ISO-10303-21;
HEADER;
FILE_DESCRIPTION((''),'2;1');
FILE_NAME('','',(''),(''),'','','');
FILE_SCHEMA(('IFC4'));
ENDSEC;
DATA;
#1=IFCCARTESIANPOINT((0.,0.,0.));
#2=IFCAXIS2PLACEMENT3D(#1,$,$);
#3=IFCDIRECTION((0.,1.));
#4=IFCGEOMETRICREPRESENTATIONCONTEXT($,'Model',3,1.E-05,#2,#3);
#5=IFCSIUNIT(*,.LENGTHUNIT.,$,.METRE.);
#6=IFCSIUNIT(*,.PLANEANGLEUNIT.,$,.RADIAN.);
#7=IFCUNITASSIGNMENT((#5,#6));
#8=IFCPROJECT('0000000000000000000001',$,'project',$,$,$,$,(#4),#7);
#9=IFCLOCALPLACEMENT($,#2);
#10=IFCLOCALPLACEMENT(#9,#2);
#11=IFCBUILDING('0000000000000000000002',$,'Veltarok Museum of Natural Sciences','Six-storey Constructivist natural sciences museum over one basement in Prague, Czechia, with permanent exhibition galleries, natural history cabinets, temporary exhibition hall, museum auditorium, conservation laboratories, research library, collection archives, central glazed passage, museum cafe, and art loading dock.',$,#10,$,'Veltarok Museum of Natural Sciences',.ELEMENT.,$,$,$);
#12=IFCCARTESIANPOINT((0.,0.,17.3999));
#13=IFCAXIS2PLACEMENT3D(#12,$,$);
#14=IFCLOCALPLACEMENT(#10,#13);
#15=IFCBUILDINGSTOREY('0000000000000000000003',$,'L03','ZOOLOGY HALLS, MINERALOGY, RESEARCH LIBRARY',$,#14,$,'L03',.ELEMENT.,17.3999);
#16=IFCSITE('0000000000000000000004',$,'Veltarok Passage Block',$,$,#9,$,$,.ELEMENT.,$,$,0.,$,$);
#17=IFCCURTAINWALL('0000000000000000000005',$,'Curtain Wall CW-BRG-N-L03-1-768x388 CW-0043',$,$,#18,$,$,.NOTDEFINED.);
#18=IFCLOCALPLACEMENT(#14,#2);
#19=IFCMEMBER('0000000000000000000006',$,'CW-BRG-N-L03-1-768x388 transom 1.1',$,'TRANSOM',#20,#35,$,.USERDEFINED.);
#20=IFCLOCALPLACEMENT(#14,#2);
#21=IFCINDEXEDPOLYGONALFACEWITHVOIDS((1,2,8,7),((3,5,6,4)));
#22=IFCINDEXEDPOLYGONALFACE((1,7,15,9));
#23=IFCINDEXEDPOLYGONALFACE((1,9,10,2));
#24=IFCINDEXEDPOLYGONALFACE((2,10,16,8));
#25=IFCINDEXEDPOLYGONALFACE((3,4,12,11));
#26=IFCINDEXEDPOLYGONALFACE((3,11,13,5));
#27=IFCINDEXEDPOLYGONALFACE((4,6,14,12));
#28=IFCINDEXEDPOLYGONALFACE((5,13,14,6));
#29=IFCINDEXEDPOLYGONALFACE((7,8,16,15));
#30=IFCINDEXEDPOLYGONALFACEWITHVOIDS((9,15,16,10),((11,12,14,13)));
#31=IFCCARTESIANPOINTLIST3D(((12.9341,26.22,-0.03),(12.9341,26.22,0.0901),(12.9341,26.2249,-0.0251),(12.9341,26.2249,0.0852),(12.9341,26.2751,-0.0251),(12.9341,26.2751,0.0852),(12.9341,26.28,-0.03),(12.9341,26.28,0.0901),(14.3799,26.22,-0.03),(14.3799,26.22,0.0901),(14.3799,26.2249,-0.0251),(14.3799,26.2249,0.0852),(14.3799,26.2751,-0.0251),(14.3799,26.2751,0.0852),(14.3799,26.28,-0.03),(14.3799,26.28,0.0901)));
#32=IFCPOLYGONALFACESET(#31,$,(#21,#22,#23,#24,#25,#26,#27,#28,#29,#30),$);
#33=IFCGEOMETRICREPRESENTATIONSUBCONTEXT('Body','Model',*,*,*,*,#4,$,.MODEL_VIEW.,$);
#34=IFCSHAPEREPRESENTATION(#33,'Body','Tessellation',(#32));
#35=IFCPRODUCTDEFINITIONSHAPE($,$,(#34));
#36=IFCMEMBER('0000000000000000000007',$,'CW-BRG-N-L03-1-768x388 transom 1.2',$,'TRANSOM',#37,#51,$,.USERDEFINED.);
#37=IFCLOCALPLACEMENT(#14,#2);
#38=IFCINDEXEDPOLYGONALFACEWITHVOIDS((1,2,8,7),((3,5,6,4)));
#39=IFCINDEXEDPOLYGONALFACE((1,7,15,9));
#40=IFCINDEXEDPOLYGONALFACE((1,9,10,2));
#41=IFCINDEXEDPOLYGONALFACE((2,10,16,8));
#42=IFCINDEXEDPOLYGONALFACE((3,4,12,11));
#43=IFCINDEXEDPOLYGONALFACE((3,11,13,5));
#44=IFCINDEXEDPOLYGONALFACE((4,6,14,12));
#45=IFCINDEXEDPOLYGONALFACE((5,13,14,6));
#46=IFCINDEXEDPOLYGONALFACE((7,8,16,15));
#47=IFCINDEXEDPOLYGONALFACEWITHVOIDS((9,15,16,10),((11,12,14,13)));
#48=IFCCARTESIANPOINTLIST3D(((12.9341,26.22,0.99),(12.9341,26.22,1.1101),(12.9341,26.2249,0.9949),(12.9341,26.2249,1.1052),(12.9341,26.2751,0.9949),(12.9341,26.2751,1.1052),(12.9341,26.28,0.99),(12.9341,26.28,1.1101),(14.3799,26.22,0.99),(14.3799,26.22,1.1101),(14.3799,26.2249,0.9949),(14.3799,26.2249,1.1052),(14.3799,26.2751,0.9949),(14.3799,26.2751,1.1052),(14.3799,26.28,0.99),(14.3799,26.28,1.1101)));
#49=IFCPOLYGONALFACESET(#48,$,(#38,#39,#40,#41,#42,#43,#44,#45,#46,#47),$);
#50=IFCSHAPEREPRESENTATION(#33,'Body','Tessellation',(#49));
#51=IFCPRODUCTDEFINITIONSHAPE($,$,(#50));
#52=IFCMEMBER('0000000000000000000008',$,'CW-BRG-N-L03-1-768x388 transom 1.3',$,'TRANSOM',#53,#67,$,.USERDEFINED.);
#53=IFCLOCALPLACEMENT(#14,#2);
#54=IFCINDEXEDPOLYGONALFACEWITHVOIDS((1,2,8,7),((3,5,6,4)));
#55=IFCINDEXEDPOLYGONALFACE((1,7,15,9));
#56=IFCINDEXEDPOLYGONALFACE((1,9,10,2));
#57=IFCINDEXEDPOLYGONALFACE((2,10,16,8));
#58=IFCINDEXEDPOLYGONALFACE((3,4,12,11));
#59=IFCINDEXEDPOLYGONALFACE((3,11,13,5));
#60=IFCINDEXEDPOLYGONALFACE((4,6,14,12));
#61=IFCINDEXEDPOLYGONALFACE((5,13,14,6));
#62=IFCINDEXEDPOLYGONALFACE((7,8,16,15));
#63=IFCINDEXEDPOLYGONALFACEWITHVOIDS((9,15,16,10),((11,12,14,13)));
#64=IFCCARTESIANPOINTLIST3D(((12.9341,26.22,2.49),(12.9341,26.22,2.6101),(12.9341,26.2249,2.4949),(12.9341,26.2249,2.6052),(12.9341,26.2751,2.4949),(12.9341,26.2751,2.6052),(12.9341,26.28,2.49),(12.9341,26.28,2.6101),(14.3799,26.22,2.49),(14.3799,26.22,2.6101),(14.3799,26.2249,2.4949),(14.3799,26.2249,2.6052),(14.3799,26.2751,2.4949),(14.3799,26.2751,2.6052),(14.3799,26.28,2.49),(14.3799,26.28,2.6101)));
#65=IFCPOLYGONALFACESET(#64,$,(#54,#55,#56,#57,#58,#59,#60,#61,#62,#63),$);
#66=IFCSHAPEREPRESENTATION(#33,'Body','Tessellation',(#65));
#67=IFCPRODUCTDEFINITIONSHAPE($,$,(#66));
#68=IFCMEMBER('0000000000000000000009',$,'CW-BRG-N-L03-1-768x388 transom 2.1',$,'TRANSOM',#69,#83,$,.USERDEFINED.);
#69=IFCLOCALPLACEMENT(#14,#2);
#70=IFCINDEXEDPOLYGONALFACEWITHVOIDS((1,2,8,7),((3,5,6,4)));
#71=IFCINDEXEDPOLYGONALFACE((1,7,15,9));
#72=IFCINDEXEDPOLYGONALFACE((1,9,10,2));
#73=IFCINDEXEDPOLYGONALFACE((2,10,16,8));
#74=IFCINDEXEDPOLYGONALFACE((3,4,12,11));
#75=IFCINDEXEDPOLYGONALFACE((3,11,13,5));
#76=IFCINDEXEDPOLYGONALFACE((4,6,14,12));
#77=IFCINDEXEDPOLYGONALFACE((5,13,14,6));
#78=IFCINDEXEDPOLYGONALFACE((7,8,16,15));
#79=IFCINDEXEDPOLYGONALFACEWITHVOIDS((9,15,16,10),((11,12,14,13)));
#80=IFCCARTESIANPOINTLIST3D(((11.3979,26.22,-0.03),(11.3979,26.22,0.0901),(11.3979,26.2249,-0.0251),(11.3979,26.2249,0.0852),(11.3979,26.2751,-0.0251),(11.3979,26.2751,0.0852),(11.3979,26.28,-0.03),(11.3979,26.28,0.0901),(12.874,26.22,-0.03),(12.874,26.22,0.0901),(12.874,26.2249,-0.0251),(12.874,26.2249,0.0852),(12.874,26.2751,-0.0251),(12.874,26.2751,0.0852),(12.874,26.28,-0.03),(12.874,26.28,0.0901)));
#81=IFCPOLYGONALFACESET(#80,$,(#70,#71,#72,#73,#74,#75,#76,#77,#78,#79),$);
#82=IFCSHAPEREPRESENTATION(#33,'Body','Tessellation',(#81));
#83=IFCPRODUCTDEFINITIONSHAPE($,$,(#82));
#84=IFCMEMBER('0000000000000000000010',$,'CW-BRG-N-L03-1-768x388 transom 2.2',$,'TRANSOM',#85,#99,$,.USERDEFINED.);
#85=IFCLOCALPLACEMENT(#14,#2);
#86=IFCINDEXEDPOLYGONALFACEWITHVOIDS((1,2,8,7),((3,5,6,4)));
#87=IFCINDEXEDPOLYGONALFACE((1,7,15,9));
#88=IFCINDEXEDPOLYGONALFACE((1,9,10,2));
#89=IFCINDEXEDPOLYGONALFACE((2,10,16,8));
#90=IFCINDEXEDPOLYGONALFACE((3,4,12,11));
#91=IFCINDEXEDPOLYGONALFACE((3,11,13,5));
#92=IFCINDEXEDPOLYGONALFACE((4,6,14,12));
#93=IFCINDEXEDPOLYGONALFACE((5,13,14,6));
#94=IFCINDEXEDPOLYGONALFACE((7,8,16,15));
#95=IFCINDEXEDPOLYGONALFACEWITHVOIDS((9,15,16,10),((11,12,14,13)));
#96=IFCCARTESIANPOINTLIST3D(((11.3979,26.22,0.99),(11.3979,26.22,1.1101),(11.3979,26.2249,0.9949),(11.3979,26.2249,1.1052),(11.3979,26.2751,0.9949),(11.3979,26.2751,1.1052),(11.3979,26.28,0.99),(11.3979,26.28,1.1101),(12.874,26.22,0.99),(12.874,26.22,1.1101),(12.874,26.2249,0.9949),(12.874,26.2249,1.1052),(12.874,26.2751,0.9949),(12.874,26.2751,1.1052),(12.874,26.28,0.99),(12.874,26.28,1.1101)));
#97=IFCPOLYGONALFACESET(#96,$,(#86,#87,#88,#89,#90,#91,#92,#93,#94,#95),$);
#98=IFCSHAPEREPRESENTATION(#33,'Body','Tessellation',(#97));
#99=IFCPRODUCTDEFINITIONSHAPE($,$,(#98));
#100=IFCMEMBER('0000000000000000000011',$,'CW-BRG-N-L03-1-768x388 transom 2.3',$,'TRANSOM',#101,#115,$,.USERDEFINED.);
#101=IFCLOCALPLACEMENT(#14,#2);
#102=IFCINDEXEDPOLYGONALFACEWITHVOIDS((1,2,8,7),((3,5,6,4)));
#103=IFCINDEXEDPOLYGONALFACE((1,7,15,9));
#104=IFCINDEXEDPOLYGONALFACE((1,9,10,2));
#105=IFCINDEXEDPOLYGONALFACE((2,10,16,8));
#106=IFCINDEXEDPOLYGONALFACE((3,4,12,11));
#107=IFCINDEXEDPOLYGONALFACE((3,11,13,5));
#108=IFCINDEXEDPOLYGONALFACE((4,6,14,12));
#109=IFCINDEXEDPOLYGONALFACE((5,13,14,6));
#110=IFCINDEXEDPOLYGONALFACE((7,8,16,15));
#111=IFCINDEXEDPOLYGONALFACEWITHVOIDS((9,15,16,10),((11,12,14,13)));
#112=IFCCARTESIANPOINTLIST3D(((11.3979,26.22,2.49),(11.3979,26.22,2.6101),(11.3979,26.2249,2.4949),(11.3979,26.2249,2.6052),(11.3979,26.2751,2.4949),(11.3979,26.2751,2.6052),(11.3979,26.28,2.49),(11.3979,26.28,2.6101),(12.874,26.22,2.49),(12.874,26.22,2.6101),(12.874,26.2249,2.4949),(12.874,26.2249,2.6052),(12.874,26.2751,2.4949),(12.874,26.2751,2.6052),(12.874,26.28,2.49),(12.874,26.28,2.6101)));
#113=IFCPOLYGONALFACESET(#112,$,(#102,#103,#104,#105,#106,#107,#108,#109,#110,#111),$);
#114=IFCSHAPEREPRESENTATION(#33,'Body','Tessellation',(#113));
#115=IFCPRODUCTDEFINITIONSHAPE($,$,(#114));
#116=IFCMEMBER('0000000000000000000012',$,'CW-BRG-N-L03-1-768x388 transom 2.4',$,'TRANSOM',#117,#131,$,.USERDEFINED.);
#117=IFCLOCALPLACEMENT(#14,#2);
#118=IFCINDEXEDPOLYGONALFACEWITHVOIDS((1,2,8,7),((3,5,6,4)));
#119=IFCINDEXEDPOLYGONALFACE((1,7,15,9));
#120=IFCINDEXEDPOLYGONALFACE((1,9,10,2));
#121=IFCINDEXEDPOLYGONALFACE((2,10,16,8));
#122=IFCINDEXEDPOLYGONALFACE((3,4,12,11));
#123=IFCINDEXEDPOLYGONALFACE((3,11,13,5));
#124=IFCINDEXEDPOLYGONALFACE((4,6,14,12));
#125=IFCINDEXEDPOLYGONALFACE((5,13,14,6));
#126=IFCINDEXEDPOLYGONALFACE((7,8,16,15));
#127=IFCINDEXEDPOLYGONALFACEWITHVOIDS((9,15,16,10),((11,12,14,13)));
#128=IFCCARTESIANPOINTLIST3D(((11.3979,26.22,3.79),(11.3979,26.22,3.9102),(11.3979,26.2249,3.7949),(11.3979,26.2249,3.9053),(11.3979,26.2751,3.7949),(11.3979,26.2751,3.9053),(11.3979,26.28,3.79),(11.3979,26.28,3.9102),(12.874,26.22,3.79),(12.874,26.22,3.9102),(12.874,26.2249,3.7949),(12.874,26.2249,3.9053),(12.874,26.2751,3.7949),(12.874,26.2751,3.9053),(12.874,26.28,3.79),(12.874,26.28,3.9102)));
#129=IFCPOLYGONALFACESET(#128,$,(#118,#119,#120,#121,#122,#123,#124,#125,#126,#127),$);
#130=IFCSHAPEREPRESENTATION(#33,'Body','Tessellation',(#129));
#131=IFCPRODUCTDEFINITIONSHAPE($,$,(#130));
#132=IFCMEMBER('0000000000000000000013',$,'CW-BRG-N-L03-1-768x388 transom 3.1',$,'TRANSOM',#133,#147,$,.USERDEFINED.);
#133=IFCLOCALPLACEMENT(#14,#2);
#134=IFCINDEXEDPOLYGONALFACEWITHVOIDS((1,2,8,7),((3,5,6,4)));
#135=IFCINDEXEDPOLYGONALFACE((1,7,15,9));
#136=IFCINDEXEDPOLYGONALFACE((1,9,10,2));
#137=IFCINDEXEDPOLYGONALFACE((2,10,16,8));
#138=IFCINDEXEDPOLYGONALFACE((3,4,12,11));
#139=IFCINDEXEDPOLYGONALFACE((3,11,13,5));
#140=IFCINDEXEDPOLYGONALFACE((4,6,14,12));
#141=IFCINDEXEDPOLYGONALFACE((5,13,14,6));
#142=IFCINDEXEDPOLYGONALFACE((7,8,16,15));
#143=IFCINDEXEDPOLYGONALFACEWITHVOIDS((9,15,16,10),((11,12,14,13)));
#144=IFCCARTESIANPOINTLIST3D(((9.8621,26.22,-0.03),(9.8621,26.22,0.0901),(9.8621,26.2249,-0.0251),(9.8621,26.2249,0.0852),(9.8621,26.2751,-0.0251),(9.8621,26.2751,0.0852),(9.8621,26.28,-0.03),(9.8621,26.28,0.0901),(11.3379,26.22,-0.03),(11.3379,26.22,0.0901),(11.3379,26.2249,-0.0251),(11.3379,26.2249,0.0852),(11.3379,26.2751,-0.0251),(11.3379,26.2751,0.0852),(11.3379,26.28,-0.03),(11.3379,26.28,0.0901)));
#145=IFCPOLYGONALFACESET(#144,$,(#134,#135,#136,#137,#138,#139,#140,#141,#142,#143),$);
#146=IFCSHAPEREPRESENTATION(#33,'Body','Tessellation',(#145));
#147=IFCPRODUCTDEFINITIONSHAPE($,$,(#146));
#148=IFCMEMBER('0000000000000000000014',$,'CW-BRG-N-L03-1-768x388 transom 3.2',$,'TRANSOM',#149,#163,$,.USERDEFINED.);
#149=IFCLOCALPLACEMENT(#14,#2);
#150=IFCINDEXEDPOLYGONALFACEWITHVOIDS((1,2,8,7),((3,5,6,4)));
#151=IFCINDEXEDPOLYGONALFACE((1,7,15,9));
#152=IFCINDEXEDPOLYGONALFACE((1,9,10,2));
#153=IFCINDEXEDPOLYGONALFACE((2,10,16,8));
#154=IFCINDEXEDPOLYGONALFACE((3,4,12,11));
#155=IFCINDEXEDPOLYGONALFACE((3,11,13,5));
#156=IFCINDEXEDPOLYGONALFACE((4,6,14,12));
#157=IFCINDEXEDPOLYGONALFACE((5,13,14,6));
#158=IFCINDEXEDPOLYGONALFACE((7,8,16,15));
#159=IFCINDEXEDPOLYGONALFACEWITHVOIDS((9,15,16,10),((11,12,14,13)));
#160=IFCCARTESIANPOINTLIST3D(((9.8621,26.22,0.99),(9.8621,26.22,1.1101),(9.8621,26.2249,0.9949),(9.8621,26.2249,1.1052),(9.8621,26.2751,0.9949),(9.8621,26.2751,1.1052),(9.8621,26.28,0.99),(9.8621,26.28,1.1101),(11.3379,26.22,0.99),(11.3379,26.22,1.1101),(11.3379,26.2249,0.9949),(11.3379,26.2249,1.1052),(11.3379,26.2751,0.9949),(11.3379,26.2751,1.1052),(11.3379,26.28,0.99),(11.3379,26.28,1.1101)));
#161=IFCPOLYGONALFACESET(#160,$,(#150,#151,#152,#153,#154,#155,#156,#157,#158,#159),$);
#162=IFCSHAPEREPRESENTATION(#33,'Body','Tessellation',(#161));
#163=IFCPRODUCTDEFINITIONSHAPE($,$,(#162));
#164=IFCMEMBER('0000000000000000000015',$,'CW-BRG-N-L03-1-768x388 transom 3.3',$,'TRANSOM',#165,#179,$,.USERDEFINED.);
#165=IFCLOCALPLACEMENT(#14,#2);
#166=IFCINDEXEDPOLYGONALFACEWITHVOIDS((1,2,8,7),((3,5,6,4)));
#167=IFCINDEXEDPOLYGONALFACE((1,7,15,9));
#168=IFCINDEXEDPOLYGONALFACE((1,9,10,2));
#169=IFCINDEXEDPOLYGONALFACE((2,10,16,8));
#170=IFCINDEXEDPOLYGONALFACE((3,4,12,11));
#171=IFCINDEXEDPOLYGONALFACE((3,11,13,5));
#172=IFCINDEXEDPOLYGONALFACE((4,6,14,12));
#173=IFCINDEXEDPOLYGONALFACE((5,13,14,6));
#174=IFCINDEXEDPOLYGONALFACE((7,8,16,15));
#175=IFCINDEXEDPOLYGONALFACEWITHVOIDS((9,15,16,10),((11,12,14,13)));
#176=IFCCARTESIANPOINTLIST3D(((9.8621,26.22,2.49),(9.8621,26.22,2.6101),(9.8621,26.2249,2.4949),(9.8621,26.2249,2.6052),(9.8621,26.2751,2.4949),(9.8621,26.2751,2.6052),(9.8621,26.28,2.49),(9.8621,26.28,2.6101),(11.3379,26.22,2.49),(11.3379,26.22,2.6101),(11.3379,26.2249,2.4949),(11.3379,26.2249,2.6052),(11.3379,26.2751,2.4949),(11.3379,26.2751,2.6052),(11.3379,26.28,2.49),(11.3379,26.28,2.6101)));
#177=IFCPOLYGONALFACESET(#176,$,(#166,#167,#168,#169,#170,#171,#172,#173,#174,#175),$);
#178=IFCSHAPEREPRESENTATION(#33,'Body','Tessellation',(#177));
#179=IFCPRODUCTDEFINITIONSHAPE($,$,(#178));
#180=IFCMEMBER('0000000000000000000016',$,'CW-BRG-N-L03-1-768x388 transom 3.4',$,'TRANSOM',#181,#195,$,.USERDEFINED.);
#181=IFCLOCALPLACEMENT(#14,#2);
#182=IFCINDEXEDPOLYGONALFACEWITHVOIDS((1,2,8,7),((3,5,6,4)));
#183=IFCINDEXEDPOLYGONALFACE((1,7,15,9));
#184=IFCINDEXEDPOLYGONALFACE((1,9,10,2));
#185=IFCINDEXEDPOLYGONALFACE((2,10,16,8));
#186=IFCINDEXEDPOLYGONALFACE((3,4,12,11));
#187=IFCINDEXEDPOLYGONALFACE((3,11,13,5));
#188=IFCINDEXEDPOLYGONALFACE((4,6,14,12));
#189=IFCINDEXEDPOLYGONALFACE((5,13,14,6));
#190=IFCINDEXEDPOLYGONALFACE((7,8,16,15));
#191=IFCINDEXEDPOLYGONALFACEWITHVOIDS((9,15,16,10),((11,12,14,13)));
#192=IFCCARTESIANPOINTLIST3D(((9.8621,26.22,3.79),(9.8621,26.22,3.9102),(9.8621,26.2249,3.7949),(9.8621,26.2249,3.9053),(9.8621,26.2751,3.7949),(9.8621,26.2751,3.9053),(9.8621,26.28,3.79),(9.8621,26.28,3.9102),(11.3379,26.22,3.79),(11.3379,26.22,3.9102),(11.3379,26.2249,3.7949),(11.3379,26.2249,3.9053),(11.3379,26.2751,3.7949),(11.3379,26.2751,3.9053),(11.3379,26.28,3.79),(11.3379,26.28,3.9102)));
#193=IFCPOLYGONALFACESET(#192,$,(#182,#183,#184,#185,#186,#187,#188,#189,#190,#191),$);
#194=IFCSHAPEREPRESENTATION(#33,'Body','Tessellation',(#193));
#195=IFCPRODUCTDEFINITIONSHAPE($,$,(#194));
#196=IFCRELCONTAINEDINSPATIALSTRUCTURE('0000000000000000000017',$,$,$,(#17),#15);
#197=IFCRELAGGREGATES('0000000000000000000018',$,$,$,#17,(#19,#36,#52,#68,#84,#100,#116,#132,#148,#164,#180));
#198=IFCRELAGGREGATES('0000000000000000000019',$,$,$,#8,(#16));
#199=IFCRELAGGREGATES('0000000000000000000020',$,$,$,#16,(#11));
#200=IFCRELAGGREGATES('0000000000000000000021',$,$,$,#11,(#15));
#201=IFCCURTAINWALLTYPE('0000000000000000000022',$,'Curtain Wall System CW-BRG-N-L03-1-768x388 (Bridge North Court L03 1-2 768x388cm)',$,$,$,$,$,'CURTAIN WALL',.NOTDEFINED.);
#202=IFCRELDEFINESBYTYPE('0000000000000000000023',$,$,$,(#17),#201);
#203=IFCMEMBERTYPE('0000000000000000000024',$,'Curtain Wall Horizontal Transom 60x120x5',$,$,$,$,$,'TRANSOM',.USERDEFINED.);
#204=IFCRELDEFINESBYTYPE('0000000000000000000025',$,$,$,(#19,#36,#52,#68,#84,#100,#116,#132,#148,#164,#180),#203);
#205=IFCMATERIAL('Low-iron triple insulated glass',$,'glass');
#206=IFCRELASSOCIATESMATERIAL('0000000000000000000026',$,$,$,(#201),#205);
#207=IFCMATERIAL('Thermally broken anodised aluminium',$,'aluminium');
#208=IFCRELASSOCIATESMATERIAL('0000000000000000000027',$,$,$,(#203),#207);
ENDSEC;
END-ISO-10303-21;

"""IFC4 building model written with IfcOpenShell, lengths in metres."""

from ifc_helpers import new_model, si_unit, direction, frame, origin, origin_2d, place, context, subcontext, project, spatial, hollow_rectangle, extrude, material, material_profile, profile_set, type_object, element, aggregate, save


model = new_model("IFC4")

# Units and contexts
model_context = context("Model", 3, precision=1e-05, world=origin(), true_north=direction((0.0, 1.0)))
body_context = subcontext(model_context, "Body", "Model", "MODEL_VIEW")
ifc_project = project(units=[si_unit("LENGTHUNIT", "METRE"), si_unit("PLANEANGLEUNIT", "RADIAN")], contexts=[model_context])

# Site, building, storey
site_placement = place(None, origin())
site = spatial("IfcSite", under=ifc_project, at=site_placement, Name="Veltarok Passage Block", CompositionType="ELEMENT", RefElevation=0.0)
building_placement = place(site_placement, origin())
building = spatial("IfcBuilding", under=site, at=building_placement, Name="Veltarok Museum of Natural Sciences", Description="Six-storey Constructivist natural sciences museum over one basement in Prague, Czechia, with permanent exhibition galleries, natural history cabinets, temporary exhibition hall, museum auditorium, conservation laboratories, research library, collection archives, central glazed passage, museum cafe, and art loading dock.", LongName="Veltarok Museum of Natural Sciences", CompositionType="ELEMENT")
storey_placement = place(building_placement, frame((0.0, 0.0, 17.3999)))
storey = spatial("IfcBuildingStorey", under=building, at=storey_placement, Name="L03", Description="ZOOLOGY HALLS, MINERALOGY, RESEARCH LIBRARY", LongName="L03", CompositionType="ELEMENT", Elevation=17.3999)

# Curtain wall, members
ifc_material_1 = material(Name="Low-iron triple insulated glass", Category="glass")
curtain_wall_type = type_object("IfcCurtainWallType", Name="Curtain Wall System CW-BRG-N-L03-1-768x388 (Bridge North Court L03 1-2 768x388cm)", ElementType="CURTAIN WALL", PredefinedType="NOTDEFINED", material=ifc_material_1)
curtain_wall_placement = place(storey_placement, origin())
curtain_wall = element("IfcCurtainWall", 1, at=curtain_wall_placement, inside=storey, type_object=curtain_wall_type, Name="Curtain Wall CW-BRG-N-L03-1-768x388 CW-0043", PredefinedType="NOTDEFINED")
ifc_material_2 = material(Name="Thermally broken anodised aluminium", Category="aluminium")
ifc_material_profile_1 = material_profile(ifc_material_2, hollow_rectangle(XDim=0.0601, YDim=0.1201, WallThickness=0.0049, at=origin_2d()), Name="CW TRANSOM 60x120x5")
ifc_profile_set_1 = profile_set([ifc_material_profile_1], Name="Thermally broken anodised aluminium")
member_type_1 = type_object("IfcMemberType", Name="Curtain Wall Horizontal Transom 60x120x5", ElementType="TRANSOM", PredefinedType="USERDEFINED", material=ifc_profile_set_1)
member_1_placement = place(storey_placement, frame((14.3799, 26.25, 0.03), z_axis=(-1.0, 0.0, 0.0), x_axis=(0.0, -1.0, 0.0)))
member_1 = element("IfcMember", 2, at=member_1_placement, type_object=member_type_1, Name="CW-BRG-N-L03-1-768x388 transom 1.1", ObjectType="TRANSOM", PredefinedType="USERDEFINED", context=body_context, shape_type="SweptSolid", body=[
    extrude(hollow_rectangle(XDim=0.0601, YDim=0.1201, WallThickness=0.0049, at=origin_2d()), origin(), (0.0, 0.0, 1.0), 1.4458),
])
member_2_placement = place(storey_placement, frame((14.3799, 26.25, 1.05), z_axis=(-1.0, 0.0, 0.0), x_axis=(0.0, -1.0, 0.0)))
member_2 = element("IfcMember", 3, at=member_2_placement, type_object=member_type_1, Name="CW-BRG-N-L03-1-768x388 transom 1.2", ObjectType="TRANSOM", PredefinedType="USERDEFINED", context=body_context, shape_type="SweptSolid", body=[
    extrude(hollow_rectangle(XDim=0.0601, YDim=0.1201, WallThickness=0.0049, at=origin_2d()), origin(), (0.0, 0.0, 1.0), 1.4458),
])
member_3_placement = place(storey_placement, frame((14.3799, 26.25, 2.55), z_axis=(-1.0, 0.0, 0.0), x_axis=(0.0, -1.0, 0.0)))
member_3 = element("IfcMember", 4, at=member_3_placement, type_object=member_type_1, Name="CW-BRG-N-L03-1-768x388 transom 1.3", ObjectType="TRANSOM", PredefinedType="USERDEFINED", context=body_context, shape_type="SweptSolid", body=[
    extrude(hollow_rectangle(XDim=0.0601, YDim=0.1201, WallThickness=0.0049, at=origin_2d()), origin(), (0.0, 0.0, 1.0), 1.4458),
])
member_4_placement = place(storey_placement, frame((12.874, 26.25, 0.03), z_axis=(-1.0, 0.0, 0.0), x_axis=(0.0, -1.0, 0.0)))
member_4 = element("IfcMember", 5, at=member_4_placement, type_object=member_type_1, Name="CW-BRG-N-L03-1-768x388 transom 2.1", ObjectType="TRANSOM", PredefinedType="USERDEFINED", context=body_context, shape_type="SweptSolid", body=[
    extrude(hollow_rectangle(XDim=0.0601, YDim=0.1201, WallThickness=0.0049, at=origin_2d()), origin(), (0.0, 0.0, 1.0), 1.4761),
])
member_5_placement = place(storey_placement, frame((12.874, 26.25, 1.05), z_axis=(-1.0, 0.0, 0.0), x_axis=(0.0, -1.0, 0.0)))
member_5 = element("IfcMember", 6, at=member_5_placement, type_object=member_type_1, Name="CW-BRG-N-L03-1-768x388 transom 2.2", ObjectType="TRANSOM", PredefinedType="USERDEFINED", context=body_context, shape_type="SweptSolid", body=[
    extrude(hollow_rectangle(XDim=0.0601, YDim=0.1201, WallThickness=0.0049, at=origin_2d()), origin(), (0.0, 0.0, 1.0), 1.4761),
])
member_6_placement = place(storey_placement, frame((12.874, 26.25, 2.55), z_axis=(-1.0, 0.0, 0.0), x_axis=(0.0, -1.0, 0.0)))
member_6 = element("IfcMember", 7, at=member_6_placement, type_object=member_type_1, Name="CW-BRG-N-L03-1-768x388 transom 2.3", ObjectType="TRANSOM", PredefinedType="USERDEFINED", context=body_context, shape_type="SweptSolid", body=[
    extrude(hollow_rectangle(XDim=0.0601, YDim=0.1201, WallThickness=0.0049, at=origin_2d()), origin(), (0.0, 0.0, 1.0), 1.4761),
])
member_7_placement = place(storey_placement, frame((12.874, 26.25, 3.8501), z_axis=(-1.0, 0.0, 0.0), x_axis=(0.0, -1.0, 0.0)))
member_7 = element("IfcMember", 8, at=member_7_placement, type_object=member_type_1, Name="CW-BRG-N-L03-1-768x388 transom 2.4", ObjectType="TRANSOM", PredefinedType="USERDEFINED", context=body_context, shape_type="SweptSolid", body=[
    extrude(hollow_rectangle(XDim=0.0601, YDim=0.1201, WallThickness=0.0049, at=origin_2d()), origin(), (0.0, 0.0, 1.0), 1.4761),
])
member_8_placement = place(storey_placement, frame((11.3379, 26.25, 0.03), z_axis=(-1.0, 0.0, 0.0), x_axis=(0.0, -1.0, 0.0)))
member_8 = element("IfcMember", 9, at=member_8_placement, type_object=member_type_1, Name="CW-BRG-N-L03-1-768x388 transom 3.1", ObjectType="TRANSOM", PredefinedType="USERDEFINED", context=body_context, shape_type="SweptSolid", body=[
    extrude(hollow_rectangle(XDim=0.0601, YDim=0.1201, WallThickness=0.0049, at=origin_2d()), origin(), (0.0, 0.0, 1.0), 1.4758),
])
member_9_placement = place(storey_placement, frame((11.3379, 26.25, 1.05), z_axis=(-1.0, 0.0, 0.0), x_axis=(0.0, -1.0, 0.0)))
member_9 = element("IfcMember", 10, at=member_9_placement, type_object=member_type_1, Name="CW-BRG-N-L03-1-768x388 transom 3.2", ObjectType="TRANSOM", PredefinedType="USERDEFINED", context=body_context, shape_type="SweptSolid", body=[
    extrude(hollow_rectangle(XDim=0.0601, YDim=0.1201, WallThickness=0.0049, at=origin_2d()), origin(), (0.0, 0.0, 1.0), 1.4758),
])
member_10_placement = place(storey_placement, frame((11.3379, 26.25, 2.55), z_axis=(-1.0, 0.0, 0.0), x_axis=(0.0, -1.0, 0.0)))
member_10 = element("IfcMember", 11, at=member_10_placement, type_object=member_type_1, Name="CW-BRG-N-L03-1-768x388 transom 3.3", ObjectType="TRANSOM", PredefinedType="USERDEFINED", context=body_context, shape_type="SweptSolid", body=[
    extrude(hollow_rectangle(XDim=0.0601, YDim=0.1201, WallThickness=0.0049, at=origin_2d()), origin(), (0.0, 0.0, 1.0), 1.4758),
])
member_11_placement = place(storey_placement, frame((11.3379, 26.25, 3.8501), z_axis=(-1.0, 0.0, 0.0), x_axis=(0.0, -1.0, 0.0)))
member_11 = element("IfcMember", 12, at=member_11_placement, type_object=member_type_1, Name="CW-BRG-N-L03-1-768x388 transom 3.4", ObjectType="TRANSOM", PredefinedType="USERDEFINED", context=body_context, shape_type="SweptSolid", body=[
    extrude(hollow_rectangle(XDim=0.0601, YDim=0.1201, WallThickness=0.0049, at=origin_2d()), origin(), (0.0, 0.0, 1.0), 1.4758),
])

aggregate(curtain_wall, [member_1, member_2, member_3, member_4, member_5, member_6, member_7, member_8, member_9, member_10, member_11])

save(model, "model.ifc")
